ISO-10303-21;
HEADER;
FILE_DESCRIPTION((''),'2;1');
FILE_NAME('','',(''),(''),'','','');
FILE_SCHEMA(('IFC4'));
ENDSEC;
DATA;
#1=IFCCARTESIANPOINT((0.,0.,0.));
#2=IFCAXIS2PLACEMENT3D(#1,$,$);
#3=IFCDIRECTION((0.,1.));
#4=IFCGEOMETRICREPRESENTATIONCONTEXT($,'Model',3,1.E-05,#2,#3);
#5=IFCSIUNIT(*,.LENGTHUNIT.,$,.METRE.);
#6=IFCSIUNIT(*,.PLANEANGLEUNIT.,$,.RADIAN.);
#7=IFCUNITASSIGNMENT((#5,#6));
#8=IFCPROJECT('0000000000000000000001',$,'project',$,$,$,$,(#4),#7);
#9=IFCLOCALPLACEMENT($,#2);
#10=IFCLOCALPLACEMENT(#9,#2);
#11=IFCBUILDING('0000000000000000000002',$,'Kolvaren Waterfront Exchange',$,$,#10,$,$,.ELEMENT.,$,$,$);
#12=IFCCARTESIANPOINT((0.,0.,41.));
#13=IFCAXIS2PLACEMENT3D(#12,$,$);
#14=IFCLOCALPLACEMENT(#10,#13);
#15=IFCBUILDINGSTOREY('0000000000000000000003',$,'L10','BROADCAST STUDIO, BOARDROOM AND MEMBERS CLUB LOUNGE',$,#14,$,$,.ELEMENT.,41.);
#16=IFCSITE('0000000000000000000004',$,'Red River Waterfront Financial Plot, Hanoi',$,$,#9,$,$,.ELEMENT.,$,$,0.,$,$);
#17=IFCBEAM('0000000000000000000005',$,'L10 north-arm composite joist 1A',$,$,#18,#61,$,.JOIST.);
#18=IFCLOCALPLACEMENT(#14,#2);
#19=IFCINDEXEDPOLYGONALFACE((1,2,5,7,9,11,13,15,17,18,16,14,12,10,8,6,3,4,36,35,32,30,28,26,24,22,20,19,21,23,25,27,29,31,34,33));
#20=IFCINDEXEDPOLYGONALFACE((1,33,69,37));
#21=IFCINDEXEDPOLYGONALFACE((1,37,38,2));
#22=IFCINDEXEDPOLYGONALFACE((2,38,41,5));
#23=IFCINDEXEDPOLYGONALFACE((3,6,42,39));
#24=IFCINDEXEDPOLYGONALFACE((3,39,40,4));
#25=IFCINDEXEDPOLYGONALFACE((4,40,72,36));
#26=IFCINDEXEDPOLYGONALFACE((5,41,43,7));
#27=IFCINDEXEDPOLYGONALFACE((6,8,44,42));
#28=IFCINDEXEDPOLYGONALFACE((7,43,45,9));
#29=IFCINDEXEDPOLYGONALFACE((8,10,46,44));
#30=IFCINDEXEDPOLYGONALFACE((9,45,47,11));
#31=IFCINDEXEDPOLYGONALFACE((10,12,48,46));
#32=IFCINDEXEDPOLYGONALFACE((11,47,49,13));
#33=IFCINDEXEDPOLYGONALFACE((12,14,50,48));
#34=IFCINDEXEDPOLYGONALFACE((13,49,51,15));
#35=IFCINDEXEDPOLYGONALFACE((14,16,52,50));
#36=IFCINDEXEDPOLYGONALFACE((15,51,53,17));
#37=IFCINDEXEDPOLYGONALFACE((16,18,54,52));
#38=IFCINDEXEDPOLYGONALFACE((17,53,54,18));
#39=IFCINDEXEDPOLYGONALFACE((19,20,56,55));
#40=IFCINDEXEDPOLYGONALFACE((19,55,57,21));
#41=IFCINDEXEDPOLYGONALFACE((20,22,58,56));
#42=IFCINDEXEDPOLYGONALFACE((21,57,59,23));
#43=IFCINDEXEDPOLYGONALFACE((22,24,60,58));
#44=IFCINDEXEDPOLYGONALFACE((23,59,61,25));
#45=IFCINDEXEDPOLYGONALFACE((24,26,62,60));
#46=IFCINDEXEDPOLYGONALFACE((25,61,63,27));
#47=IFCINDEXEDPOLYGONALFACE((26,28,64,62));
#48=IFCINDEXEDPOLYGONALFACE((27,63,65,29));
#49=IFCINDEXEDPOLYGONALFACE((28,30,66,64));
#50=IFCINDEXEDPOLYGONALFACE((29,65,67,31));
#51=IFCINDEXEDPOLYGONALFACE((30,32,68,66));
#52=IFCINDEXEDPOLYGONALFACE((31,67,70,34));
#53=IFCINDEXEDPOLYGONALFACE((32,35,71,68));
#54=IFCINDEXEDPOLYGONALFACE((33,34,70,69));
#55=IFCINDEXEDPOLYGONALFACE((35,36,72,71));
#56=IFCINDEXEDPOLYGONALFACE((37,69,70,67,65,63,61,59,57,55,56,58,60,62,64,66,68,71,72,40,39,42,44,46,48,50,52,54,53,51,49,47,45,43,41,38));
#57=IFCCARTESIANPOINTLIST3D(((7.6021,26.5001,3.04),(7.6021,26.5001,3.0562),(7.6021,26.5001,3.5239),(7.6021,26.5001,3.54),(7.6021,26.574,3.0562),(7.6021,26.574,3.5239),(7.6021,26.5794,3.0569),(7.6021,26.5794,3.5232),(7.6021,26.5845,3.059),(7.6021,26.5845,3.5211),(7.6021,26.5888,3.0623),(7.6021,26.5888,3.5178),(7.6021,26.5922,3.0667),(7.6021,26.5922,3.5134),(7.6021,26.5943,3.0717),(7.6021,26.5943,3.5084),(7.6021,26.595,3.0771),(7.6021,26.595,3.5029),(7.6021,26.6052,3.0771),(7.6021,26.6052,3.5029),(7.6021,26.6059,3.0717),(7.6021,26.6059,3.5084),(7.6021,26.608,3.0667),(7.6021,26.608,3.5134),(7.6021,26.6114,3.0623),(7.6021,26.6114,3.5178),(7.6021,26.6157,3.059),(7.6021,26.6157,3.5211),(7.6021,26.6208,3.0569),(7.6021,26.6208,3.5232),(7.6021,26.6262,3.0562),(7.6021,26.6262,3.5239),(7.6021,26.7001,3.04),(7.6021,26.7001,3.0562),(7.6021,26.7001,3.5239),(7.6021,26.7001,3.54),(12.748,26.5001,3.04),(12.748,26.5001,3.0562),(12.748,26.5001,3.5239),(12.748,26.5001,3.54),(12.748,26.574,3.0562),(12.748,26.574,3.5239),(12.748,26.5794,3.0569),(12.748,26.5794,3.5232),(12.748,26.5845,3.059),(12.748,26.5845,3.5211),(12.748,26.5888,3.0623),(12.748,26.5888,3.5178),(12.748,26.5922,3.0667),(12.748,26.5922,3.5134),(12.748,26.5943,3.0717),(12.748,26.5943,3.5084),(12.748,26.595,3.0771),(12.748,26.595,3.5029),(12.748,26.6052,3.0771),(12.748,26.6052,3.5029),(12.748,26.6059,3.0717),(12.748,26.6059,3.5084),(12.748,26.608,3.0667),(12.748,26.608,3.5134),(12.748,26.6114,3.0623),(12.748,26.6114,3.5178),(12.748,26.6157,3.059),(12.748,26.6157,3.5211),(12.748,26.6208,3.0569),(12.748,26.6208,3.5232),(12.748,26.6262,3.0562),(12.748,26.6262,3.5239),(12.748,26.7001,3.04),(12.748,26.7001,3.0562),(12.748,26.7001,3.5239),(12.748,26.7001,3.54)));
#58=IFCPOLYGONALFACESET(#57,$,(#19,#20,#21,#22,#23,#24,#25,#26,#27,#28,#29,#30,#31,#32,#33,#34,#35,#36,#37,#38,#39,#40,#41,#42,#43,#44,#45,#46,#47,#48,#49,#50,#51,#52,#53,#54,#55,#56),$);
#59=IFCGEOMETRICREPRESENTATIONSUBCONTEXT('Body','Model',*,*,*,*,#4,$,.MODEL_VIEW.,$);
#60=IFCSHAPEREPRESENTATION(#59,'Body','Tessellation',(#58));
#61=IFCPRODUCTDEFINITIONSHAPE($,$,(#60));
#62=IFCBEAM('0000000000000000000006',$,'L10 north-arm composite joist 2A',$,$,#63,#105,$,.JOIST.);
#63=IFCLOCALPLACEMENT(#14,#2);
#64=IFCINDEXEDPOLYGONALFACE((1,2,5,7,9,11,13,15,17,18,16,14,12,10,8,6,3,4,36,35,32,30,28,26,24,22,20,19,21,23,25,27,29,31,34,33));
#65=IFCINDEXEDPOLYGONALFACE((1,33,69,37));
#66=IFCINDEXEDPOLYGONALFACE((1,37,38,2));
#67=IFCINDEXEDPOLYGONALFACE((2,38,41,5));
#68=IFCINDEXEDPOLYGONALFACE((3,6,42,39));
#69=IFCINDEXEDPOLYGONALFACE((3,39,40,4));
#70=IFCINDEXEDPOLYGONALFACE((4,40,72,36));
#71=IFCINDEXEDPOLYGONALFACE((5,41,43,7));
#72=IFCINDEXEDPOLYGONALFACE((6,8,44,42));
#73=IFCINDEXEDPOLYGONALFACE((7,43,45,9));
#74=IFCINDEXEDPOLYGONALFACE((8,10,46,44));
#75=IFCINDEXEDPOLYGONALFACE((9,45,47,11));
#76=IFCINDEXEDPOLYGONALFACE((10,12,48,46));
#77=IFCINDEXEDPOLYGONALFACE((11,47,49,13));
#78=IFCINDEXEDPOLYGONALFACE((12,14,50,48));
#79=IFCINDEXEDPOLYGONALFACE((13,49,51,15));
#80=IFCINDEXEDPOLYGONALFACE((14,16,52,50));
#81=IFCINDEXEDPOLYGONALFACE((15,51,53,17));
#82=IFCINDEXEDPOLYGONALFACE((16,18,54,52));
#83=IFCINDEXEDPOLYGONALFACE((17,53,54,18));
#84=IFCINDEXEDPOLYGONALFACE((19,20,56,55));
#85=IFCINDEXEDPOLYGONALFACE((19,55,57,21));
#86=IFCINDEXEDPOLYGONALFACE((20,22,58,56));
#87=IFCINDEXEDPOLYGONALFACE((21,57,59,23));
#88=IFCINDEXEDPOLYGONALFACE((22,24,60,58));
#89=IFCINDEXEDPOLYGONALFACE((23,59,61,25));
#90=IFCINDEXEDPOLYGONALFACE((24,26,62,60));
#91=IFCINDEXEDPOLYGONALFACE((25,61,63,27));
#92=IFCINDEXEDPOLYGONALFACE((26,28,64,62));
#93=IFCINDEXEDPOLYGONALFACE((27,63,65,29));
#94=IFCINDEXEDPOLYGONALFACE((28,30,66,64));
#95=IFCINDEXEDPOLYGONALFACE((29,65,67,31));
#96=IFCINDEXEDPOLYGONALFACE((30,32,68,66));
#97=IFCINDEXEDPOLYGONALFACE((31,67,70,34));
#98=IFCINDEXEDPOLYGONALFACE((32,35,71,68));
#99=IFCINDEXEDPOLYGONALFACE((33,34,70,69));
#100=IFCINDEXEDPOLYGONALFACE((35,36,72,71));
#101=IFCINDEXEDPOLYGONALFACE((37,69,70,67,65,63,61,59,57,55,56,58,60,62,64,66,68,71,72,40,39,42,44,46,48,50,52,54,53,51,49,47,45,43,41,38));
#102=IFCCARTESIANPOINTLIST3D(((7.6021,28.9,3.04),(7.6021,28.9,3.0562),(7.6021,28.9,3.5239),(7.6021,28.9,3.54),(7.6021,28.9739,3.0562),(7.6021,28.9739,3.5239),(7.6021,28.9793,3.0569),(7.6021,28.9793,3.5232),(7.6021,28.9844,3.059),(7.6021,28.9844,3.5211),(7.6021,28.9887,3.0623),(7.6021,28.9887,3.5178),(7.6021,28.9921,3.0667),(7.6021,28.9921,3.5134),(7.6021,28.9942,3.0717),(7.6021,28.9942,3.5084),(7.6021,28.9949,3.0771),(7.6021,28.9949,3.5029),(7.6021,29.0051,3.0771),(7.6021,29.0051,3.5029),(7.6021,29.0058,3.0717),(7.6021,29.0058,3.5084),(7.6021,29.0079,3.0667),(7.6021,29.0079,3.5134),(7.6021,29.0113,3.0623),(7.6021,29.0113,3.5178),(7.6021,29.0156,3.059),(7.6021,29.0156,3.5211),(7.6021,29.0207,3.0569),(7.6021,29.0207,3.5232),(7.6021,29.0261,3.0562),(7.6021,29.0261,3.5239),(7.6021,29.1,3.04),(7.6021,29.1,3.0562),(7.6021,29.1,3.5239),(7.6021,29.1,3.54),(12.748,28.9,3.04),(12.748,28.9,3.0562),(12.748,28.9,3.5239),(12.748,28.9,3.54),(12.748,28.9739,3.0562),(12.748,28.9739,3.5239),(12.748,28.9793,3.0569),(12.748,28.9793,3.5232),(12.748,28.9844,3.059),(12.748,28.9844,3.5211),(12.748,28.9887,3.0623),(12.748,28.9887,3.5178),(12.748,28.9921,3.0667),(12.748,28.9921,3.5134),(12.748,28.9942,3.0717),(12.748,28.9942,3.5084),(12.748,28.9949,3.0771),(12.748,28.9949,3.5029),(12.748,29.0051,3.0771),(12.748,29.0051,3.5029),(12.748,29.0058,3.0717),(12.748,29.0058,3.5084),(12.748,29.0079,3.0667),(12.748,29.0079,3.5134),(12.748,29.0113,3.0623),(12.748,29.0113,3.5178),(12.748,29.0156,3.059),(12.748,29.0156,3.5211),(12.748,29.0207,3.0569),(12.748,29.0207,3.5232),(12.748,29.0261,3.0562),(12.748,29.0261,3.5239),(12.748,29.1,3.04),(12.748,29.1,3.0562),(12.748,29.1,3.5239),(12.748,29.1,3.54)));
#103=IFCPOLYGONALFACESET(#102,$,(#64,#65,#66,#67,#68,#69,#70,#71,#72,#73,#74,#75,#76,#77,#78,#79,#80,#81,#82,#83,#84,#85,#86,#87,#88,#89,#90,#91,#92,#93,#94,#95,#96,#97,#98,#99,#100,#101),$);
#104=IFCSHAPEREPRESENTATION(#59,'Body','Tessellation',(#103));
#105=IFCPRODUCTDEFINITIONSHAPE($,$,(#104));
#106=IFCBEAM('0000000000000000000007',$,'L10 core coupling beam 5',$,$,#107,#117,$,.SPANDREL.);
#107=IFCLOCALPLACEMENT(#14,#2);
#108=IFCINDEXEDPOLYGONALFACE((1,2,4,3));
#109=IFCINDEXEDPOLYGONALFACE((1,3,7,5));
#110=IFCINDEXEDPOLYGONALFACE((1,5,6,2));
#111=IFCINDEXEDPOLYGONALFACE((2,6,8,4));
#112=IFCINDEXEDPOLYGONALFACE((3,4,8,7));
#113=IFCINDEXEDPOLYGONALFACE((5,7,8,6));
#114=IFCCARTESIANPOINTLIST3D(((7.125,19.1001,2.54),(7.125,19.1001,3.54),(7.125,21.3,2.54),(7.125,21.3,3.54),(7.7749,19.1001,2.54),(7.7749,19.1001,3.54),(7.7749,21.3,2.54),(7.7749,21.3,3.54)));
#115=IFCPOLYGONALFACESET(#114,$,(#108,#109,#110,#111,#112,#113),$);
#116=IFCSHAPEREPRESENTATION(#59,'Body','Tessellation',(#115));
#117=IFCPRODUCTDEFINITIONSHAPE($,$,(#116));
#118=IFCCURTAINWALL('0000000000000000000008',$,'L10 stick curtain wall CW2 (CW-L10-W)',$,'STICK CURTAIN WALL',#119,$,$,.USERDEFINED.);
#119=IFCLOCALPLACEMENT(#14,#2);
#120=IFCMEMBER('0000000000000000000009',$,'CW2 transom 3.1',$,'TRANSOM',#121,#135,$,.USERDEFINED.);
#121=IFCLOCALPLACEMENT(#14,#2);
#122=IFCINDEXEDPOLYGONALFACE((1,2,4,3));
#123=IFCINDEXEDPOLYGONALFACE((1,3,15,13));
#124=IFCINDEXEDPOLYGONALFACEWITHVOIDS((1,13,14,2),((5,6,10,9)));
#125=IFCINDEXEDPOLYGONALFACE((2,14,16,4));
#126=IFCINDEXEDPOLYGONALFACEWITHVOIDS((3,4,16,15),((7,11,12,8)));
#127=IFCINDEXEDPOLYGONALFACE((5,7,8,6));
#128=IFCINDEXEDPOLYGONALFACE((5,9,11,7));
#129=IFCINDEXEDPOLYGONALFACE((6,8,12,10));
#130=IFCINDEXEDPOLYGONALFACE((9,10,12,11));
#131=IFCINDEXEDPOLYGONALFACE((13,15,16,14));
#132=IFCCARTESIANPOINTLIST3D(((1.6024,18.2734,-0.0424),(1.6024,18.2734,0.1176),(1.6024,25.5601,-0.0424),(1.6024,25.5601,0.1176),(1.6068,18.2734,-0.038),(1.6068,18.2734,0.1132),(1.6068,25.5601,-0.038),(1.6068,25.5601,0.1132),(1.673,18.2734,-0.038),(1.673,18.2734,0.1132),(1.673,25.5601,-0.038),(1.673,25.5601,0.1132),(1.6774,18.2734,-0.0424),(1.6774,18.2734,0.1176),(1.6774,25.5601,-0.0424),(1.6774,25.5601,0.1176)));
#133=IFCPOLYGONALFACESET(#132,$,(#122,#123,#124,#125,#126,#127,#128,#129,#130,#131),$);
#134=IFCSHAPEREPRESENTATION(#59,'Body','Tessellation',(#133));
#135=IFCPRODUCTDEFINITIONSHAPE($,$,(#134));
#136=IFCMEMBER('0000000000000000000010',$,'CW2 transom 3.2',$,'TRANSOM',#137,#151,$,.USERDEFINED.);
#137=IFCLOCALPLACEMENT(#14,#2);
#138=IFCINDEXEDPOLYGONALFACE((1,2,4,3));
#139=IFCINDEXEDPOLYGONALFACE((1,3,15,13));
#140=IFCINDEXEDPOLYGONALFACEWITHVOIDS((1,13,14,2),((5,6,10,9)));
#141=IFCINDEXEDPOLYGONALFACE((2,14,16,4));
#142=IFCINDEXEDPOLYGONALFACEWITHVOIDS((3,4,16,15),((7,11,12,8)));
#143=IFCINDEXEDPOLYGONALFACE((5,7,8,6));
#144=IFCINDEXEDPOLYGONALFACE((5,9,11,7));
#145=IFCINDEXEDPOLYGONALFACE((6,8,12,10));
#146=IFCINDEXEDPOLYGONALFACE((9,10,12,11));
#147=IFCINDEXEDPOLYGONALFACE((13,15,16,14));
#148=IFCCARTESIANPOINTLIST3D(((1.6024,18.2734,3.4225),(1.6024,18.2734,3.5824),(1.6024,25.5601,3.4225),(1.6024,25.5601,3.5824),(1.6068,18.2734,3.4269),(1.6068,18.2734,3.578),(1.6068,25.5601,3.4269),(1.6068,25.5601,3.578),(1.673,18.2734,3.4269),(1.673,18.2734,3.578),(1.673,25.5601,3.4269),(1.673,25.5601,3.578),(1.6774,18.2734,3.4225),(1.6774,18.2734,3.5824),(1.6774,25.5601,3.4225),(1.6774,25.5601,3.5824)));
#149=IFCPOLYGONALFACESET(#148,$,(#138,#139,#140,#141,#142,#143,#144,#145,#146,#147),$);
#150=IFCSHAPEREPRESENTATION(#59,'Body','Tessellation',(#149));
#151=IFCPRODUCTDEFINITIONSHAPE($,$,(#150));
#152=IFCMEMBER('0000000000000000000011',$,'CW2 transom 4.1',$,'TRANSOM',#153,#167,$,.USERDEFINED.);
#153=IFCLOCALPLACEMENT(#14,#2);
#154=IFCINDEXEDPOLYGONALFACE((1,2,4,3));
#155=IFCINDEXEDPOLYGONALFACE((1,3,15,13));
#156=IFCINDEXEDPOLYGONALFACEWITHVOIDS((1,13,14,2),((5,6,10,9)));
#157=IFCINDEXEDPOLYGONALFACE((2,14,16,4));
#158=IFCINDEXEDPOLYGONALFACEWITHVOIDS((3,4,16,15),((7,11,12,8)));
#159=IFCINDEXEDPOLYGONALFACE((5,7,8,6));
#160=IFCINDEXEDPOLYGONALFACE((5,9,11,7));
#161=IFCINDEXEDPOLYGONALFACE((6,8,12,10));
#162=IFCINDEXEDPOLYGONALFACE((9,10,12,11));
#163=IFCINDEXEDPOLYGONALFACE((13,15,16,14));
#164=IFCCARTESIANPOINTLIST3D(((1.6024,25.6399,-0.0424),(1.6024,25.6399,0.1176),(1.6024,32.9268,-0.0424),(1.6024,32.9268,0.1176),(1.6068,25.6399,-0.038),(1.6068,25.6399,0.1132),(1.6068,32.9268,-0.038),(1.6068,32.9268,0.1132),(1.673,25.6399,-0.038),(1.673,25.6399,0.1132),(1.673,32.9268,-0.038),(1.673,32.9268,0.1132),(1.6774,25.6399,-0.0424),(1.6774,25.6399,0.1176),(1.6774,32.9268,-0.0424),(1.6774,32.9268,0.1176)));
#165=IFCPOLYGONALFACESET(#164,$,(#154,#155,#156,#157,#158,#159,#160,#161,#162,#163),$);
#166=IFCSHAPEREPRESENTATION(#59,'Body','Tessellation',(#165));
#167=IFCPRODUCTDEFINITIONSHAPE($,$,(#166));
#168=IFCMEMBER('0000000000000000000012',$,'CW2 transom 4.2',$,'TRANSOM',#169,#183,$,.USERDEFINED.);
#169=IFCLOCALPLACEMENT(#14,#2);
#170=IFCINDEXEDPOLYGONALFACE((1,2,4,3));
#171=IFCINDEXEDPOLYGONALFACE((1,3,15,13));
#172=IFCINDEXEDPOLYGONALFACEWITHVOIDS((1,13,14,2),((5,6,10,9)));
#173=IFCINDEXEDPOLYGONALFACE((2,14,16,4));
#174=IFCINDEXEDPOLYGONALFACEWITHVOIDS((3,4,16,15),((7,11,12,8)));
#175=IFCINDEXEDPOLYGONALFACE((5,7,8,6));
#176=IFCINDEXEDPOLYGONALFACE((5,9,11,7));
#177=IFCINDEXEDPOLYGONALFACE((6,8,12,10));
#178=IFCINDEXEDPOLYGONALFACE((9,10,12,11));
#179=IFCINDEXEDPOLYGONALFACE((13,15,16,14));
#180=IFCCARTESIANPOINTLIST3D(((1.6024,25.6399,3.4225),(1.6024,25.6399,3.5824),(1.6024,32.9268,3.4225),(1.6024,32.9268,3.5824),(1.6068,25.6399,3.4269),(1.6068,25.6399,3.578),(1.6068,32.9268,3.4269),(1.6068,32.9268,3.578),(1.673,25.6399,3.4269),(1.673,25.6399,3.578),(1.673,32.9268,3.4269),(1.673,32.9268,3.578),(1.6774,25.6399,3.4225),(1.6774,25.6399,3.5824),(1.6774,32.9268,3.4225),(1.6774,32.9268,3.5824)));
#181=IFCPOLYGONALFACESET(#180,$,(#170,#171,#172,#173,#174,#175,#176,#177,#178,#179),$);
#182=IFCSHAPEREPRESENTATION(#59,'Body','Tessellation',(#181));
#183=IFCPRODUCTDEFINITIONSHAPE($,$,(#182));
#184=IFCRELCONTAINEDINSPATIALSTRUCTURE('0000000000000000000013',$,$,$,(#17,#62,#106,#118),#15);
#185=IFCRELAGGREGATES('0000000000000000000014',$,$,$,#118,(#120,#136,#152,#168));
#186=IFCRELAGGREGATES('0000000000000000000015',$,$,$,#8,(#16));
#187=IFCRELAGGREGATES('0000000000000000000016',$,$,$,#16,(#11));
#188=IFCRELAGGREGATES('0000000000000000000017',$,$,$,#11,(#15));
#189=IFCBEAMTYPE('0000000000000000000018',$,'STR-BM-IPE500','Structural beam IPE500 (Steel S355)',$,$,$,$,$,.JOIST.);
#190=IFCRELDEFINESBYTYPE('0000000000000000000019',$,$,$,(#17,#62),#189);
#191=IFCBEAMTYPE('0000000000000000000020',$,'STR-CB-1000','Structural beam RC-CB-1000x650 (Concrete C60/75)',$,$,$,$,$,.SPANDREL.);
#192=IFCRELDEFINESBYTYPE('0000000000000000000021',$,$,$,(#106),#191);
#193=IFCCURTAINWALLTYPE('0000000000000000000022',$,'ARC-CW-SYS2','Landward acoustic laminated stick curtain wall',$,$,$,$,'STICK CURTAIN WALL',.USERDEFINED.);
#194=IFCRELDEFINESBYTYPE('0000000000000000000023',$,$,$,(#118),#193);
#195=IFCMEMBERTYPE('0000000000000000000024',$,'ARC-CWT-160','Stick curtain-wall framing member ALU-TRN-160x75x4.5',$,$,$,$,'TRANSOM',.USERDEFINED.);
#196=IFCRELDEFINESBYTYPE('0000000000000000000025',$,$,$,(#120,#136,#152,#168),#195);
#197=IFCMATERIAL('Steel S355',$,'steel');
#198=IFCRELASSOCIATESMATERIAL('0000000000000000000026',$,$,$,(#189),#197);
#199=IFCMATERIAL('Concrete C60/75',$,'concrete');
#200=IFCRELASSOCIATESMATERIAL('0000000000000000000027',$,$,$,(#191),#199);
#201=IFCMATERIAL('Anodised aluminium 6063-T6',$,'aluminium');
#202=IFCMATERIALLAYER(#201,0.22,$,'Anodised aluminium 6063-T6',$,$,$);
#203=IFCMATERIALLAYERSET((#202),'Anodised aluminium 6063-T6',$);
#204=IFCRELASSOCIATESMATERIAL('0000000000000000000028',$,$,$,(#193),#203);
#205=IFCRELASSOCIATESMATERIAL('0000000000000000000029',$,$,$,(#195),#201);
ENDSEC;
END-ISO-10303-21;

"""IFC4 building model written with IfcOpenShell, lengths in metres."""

from ifc_helpers import new_model, si_unit, direction, frame, origin, origin_with_axes, origin_2d, place, context, subcontext, project, spatial, rectangle, hollow_rectangle, i_section, extrude, source, transform, mapped, material, layer, layer_set, material_profile, profile_set, type_object, element, aggregate, save


model = new_model("IFC4")

# Units and contexts
model_context = context("Model", 3, precision=1e-05, world=origin(), true_north=direction((0.0, 1.0)))
body_context = subcontext(model_context, "Body", "Model", "MODEL_VIEW")
ifc_project = project(units=[si_unit("LENGTHUNIT", "METRE"), si_unit("PLANEANGLEUNIT", "RADIAN")], contexts=[model_context])

# Site, building, storey
site_placement = place(None, origin())
site = spatial("IfcSite", under=ifc_project, at=site_placement, Name="Red River Waterfront Financial Plot, Hanoi", CompositionType="ELEMENT", RefElevation=0.0)
building_placement = place(site_placement, origin())
building = spatial("IfcBuilding", under=site, at=building_placement, Name="Kolvaren Waterfront Exchange", CompositionType="ELEMENT")
storey_placement = place(building_placement, frame((0.0, 0.0, 41.0)))
storey = spatial("IfcBuildingStorey", under=building, at=storey_placement, Name="L10", Description="BROADCAST STUDIO, BOARDROOM AND MEMBERS CLUB LOUNGE", CompositionType="ELEMENT", Elevation=41.0)

# Beams
ifc_material_1 = material(Name="Steel S355", Category="steel")
ifc_material_profile_1 = material_profile(ifc_material_1, i_section(OverallWidth=0.2, OverallDepth=0.5, WebThickness=0.0103, FlangeThickness=0.0161, FilletRadius=0.021, at=origin_2d()), Name="IPE500")
ifc_profile_set_1 = profile_set([ifc_material_profile_1], Name="Steel S355")
beam_type_1 = type_object("IfcBeamType", Name="STR-BM-IPE500", Description="Structural beam IPE500 (Steel S355)", PredefinedType="JOIST", material=ifc_profile_set_1)
for number, where, z_axis, x_axis, name in (
    (1, (7.6021, 26.6001, 3.29), (1.0, 0.0, 0.0), (0.0, 1.0, 0.0), "L10 north-arm composite joist 1A"),
    (2, (7.6021, 29.0, 3.29), (1.0, 0.0, 0.0), (0.0, 1.0, 0.0), "L10 north-arm composite joist 2A"),
):
    element("IfcBeam", number, at=place(storey_placement, frame(where, z_axis=z_axis, x_axis=x_axis)), inside=storey, type_object=beam_type_1, Name=name, PredefinedType="JOIST", context=body_context, shape_type="SweptSolid", body=[
        extrude(i_section(OverallWidth=0.2, OverallDepth=0.5, WebThickness=0.0103, FlangeThickness=0.0161, FilletRadius=0.021, at=origin_2d()), origin(), (0.0, 0.0, 1.0), 5.146),
    ])
ifc_material_2 = material(Name="Concrete C60/75", Category="concrete")
ifc_material_profile_2 = material_profile(ifc_material_2, rectangle(XDim=0.6499, YDim=1.0, at=origin_2d()), Name="RC-CB-1000x650")
ifc_profile_set_2 = profile_set([ifc_material_profile_2], Name="Concrete C60/75")
beam_type_2 = type_object("IfcBeamType", Name="STR-CB-1000", Description="Structural beam RC-CB-1000x650 (Concrete C60/75)", PredefinedType="SPANDREL", material=ifc_profile_set_2)
beam_1_placement = place(storey_placement, frame((7.45, 19.1001, 3.04), z_axis=(0.0, 1.0, 0.0), x_axis=(-1.0, 0.0, 0.0)))
element("IfcBeam", 3, at=beam_1_placement, inside=storey, type_object=beam_type_2, Name="L10 core coupling beam 5", PredefinedType="SPANDREL", context=body_context, shape_type="SweptSolid", body=[
    extrude(rectangle(XDim=0.6499, YDim=1.0, at=origin_2d()), origin(), (0.0, 0.0, 1.0), 2.2),
])

# Curtain wall, members
ifc_material_3 = material(Name="Anodised aluminium 6063-T6", Category="aluminium")
ifc_layer_1 = layer(ifc_material_3, 0.22, Name="Anodised aluminium 6063-T6")
ifc_layer_set_1 = layer_set([ifc_layer_1], Name="Anodised aluminium 6063-T6")
curtain_wall_type = type_object("IfcCurtainWallType", Name="ARC-CW-SYS2", Description="Landward acoustic laminated stick curtain wall", ElementType="STICK CURTAIN WALL", PredefinedType="USERDEFINED", material=ifc_layer_set_1)
curtain_wall_placement = place(storey_placement, origin())
curtain_wall = element("IfcCurtainWall", 4, at=curtain_wall_placement, inside=storey, type_object=curtain_wall_type, Name="L10 stick curtain wall CW2 (CW-L10-W)", ObjectType="STICK CURTAIN WALL", PredefinedType="USERDEFINED")
ifc_material_profile_3 = material_profile(ifc_material_3, hollow_rectangle(XDim=0.075, YDim=0.1599, WallThickness=0.0044, at=origin_2d()), Name="ALU-TRN-160x75x4.5")
ifc_profile_set_3 = profile_set([ifc_material_profile_3], Name="Anodised aluminium 6063-T6")
member_type_1 = type_object("IfcMemberType", Name="ARC-CWT-160", Description="Stick curtain-wall framing member ALU-TRN-160x75x4.5", ElementType="TRANSOM", PredefinedType="USERDEFINED", material=ifc_profile_set_3)
shared_shape_1 = source(origin_with_axes(), body_context, "Body", "SweptSolid", [
    extrude(hollow_rectangle(XDim=0.075, YDim=0.1599, WallThickness=0.0044, at=origin_2d()), origin(), (0.0, 0.0, 1.0), 7.2866),
])
member_1_placement = place(storey_placement, frame((1.6399, 18.2734, 0.0376), z_axis=(0.0, 1.0, 0.0), x_axis=(-1.0, 0.0, 0.0)))
member_1 = element("IfcMember", 5, at=member_1_placement, type_object=member_type_1, Name="CW2 transom 3.1", ObjectType="TRANSOM", PredefinedType="USERDEFINED", context=body_context, shape_type="MappedRepresentation", body=[
    mapped(shared_shape_1, transform((0.0, 0.0, 0.0), x_axis=(1.0, 0.0, 0.0), y_axis=(0.0, 1.0, 0.0), z_axis=(0.0, 0.0, 1.0), scale=1.0)),
])
member_2_placement = place(storey_placement, frame((1.6399, 18.2734, 3.5024), z_axis=(0.0, 1.0, 0.0), x_axis=(-1.0, 0.0, 0.0)))
member_2 = element("IfcMember", 6, at=member_2_placement, type_object=member_type_1, Name="CW2 transom 3.2", ObjectType="TRANSOM", PredefinedType="USERDEFINED", context=body_context, shape_type="MappedRepresentation", body=[
    mapped(shared_shape_1, transform((0.0, 0.0, 0.0), x_axis=(1.0, 0.0, 0.0), y_axis=(0.0, 1.0, 0.0), z_axis=(0.0, 0.0, 1.0), scale=1.0)),
])
shared_shape_2 = source(origin_with_axes(), body_context, "Body", "SweptSolid", [
    extrude(hollow_rectangle(XDim=0.075, YDim=0.1599, WallThickness=0.0044, at=origin_2d()), origin(), (0.0, 0.0, 1.0), 7.2869),
])
member_3_placement = place(storey_placement, frame((1.6399, 25.6399, 0.0376), z_axis=(0.0, 1.0, 0.0), x_axis=(-1.0, 0.0, 0.0)))
member_3 = element("IfcMember", 7, at=member_3_placement, type_object=member_type_1, Name="CW2 transom 4.1", ObjectType="TRANSOM", PredefinedType="USERDEFINED", context=body_context, shape_type="MappedRepresentation", body=[
    mapped(shared_shape_2, transform((0.0, 0.0, 0.0), x_axis=(1.0, 0.0, 0.0), y_axis=(0.0, 1.0, 0.0), z_axis=(0.0, 0.0, 1.0), scale=1.0)),
])
member_4_placement = place(storey_placement, frame((1.6399, 25.6399, 3.5024), z_axis=(0.0, 1.0, 0.0), x_axis=(-1.0, 0.0, 0.0)))
member_4 = element("IfcMember", 8, at=member_4_placement, type_object=member_type_1, Name="CW2 transom 4.2", ObjectType="TRANSOM", PredefinedType="USERDEFINED", context=body_context, shape_type="MappedRepresentation", body=[
    mapped(shared_shape_2, transform((0.0, 0.0, 0.0), x_axis=(1.0, 0.0, 0.0), y_axis=(0.0, 1.0, 0.0), z_axis=(0.0, 0.0, 1.0), scale=1.0)),
])
aggregate(curtain_wall, [member_1, member_2, member_3, member_4])

save(model, "model.ifc")
